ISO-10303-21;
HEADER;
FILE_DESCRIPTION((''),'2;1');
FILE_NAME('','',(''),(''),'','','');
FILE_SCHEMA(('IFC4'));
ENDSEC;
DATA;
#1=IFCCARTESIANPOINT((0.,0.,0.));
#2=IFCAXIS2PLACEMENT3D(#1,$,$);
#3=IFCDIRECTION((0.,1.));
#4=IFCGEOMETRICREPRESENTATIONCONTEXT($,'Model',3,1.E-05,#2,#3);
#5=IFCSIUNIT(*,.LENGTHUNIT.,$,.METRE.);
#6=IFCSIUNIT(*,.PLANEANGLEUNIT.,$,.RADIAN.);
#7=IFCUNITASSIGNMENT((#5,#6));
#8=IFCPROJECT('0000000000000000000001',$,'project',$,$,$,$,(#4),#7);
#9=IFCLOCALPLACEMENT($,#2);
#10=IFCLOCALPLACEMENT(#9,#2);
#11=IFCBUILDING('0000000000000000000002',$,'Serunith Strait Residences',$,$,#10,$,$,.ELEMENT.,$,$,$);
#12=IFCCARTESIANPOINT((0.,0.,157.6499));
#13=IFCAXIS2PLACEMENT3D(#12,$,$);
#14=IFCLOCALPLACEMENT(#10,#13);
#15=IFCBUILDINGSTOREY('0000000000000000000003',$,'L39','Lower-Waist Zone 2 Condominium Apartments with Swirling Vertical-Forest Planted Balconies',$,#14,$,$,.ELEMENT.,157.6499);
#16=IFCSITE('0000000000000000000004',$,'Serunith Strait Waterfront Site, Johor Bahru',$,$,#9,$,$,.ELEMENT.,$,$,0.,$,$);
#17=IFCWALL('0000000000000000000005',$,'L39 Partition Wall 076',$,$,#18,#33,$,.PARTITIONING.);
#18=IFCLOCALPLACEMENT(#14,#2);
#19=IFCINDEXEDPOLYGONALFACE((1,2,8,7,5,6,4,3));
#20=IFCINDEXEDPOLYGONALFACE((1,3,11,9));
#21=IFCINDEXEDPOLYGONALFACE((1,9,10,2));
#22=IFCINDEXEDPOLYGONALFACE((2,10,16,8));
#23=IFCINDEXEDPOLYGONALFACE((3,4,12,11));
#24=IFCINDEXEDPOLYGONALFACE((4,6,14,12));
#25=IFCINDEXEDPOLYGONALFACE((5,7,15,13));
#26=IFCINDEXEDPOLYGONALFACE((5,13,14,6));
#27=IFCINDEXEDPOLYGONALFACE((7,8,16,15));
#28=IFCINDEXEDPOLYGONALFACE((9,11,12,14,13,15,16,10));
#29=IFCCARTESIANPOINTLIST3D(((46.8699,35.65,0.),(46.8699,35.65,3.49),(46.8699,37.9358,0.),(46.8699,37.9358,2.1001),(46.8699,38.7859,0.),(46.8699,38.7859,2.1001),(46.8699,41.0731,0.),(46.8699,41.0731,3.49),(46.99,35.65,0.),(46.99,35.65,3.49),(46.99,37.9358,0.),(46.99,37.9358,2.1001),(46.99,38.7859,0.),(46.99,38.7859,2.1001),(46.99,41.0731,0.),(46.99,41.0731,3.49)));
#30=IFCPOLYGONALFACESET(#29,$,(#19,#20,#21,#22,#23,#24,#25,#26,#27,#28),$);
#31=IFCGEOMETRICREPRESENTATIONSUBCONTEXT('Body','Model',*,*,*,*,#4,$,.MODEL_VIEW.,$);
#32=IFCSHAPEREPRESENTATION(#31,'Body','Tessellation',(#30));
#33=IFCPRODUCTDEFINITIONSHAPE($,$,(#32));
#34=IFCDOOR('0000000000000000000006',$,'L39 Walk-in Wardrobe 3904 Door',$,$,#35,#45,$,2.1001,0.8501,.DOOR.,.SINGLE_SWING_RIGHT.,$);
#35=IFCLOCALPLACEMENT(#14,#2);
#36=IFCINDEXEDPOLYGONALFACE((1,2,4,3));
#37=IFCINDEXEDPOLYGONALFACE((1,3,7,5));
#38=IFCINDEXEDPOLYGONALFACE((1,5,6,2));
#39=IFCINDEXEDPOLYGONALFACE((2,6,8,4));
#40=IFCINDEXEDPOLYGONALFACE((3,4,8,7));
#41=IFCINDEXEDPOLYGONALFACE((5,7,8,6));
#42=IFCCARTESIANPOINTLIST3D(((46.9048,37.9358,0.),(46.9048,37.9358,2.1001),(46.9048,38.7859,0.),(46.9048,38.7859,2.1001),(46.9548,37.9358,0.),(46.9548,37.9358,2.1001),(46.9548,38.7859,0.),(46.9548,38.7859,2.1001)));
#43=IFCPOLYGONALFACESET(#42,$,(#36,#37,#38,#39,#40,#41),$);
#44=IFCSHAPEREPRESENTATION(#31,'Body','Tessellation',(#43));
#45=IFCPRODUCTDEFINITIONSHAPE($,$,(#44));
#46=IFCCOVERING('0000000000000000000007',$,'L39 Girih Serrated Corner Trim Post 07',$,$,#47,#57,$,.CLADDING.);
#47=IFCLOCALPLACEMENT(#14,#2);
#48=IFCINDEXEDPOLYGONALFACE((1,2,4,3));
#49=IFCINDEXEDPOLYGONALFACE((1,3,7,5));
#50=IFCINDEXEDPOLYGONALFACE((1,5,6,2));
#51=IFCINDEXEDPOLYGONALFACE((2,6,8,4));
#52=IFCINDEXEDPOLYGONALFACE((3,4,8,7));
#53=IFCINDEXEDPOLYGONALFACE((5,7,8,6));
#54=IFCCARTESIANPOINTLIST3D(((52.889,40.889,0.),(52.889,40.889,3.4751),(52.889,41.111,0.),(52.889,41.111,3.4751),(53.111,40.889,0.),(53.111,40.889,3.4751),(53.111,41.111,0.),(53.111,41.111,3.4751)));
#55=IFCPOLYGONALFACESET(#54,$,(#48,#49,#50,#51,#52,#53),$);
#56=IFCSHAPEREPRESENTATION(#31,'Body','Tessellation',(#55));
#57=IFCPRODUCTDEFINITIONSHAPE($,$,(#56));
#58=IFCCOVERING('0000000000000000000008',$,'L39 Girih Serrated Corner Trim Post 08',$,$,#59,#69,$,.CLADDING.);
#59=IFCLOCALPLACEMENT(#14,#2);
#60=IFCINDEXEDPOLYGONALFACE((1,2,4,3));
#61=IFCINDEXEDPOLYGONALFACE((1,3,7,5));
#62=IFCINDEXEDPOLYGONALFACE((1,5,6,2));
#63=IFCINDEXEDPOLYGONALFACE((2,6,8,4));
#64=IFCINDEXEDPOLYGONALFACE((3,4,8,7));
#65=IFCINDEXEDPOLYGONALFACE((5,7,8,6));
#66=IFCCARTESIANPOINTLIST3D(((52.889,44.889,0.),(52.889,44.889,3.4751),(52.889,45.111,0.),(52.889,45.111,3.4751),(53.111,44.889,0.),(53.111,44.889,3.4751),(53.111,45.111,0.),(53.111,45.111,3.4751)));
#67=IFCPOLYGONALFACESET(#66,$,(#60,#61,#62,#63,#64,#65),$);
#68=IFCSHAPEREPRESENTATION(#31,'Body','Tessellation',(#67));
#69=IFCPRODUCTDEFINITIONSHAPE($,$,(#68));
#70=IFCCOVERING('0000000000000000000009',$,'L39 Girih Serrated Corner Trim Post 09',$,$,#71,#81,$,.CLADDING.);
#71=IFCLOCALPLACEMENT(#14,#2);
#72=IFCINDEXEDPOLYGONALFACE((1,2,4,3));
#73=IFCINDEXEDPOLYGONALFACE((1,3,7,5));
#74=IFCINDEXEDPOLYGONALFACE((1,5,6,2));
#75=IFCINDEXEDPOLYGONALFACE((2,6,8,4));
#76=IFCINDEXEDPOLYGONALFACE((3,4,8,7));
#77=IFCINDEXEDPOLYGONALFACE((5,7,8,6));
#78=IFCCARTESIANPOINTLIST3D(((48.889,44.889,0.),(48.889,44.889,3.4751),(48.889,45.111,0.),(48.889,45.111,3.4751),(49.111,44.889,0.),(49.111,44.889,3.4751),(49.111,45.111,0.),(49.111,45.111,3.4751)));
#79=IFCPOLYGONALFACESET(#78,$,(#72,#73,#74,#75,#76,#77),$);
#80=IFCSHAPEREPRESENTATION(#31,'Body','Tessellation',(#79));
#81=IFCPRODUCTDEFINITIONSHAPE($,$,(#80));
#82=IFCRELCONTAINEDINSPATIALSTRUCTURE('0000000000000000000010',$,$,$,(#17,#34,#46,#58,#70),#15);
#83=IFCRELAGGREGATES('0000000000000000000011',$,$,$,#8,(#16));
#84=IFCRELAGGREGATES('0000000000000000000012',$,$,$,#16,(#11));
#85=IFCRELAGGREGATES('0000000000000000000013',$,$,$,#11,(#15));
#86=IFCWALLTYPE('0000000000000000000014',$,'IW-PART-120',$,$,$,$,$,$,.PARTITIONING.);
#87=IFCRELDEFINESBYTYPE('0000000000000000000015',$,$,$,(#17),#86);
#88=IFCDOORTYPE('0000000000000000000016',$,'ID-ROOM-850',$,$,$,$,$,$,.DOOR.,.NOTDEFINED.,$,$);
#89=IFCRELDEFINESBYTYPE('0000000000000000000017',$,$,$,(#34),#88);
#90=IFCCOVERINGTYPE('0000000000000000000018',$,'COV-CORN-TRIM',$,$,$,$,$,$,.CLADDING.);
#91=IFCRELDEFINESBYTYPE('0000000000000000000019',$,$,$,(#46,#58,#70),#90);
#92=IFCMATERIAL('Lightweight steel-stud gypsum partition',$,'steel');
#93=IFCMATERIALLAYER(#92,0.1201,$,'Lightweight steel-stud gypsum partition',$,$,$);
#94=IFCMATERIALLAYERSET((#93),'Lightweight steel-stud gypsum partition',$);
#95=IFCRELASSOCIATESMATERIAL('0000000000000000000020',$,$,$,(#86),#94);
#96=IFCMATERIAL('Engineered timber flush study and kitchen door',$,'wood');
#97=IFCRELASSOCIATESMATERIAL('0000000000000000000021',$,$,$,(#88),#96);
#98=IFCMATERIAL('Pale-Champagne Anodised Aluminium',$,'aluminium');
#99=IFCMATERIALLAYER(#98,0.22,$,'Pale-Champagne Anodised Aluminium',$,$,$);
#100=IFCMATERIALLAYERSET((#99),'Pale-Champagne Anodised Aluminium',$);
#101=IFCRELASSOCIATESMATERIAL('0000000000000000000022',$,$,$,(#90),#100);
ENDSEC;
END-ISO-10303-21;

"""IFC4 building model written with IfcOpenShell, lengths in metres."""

from ifc_helpers import new_model, si_unit, direction, frame, frame_2d, origin, origin_2d, place, context, subcontext, project, spatial, rectangle, extrude, source, transform, mapped, material, layer, layer_set, type_object, element, fill, save


model = new_model("IFC4")

# Units and contexts
model_context = context("Model", 3, precision=1e-05, world=origin(), true_north=direction((0.0, 1.0)))
body_context = subcontext(model_context, "Body", "Model", "MODEL_VIEW")
ifc_project = project(units=[si_unit("LENGTHUNIT", "METRE"), si_unit("PLANEANGLEUNIT", "RADIAN")], contexts=[model_context])

# Site, building, storey
site_placement = place(None, origin())
site = spatial("IfcSite", under=ifc_project, at=site_placement, Name="Serunith Strait Waterfront Site, Johor Bahru", CompositionType="ELEMENT", RefElevation=0.0)
building_placement = place(site_placement, origin())
building = spatial("IfcBuilding", under=site, at=building_placement, Name="Serunith Strait Residences", CompositionType="ELEMENT")
storey_placement = place(building_placement, frame((0.0, 0.0, 157.6499)))
storey = spatial("IfcBuildingStorey", under=building, at=storey_placement, Name="L39", Description="Lower-Waist Zone 2 Condominium Apartments with Swirling Vertical-Forest Planted Balconies", CompositionType="ELEMENT", Elevation=157.6499)

# Shared definitions
ifc_material_1 = material(Name="Pale-Champagne Anodised Aluminium", Category="aluminium")

# Shared definitions
ifc_material_2 = material(Name="Lightweight steel-stud gypsum partition", Category="steel")
ifc_layer_1 = layer(ifc_material_2, 0.1201, Name="Lightweight steel-stud gypsum partition")
ifc_layer_set_1 = layer_set([ifc_layer_1], Name="Lightweight steel-stud gypsum partition")
wall_type_1 = type_object("IfcWallType", Name="IW-PART-120", PredefinedType="PARTITIONING", material=ifc_layer_set_1)

# Wall, opening, door
wall_1_placement = place(storey_placement, frame((46.9299, 41.073, 0.0), z_axis=(0.0, 0.0, 1.0), x_axis=(0.0, -1.0, 0.0)))
wall_1 = element("IfcWall", 1, at=wall_1_placement, inside=storey, type_object=wall_type_1, Name="L39 Partition Wall 076", PredefinedType="PARTITIONING", context=body_context, shape_type="SweptSolid", body=[
    extrude(rectangle(XDim=5.4231, YDim=0.1201, at=frame_2d((2.7114, 0.0))), origin(), (0.0, 0.0, 1.0), 3.49),
])
opening_1_placement = place(wall_1_placement, frame((2.2871, 0.0, 0.0)))
opening_1 = element("IfcOpeningElement", 2, at=opening_1_placement, cuts=wall_1, PredefinedType="OPENING", context=body_context, shape_type="SweptSolid", body=[
    extrude(rectangle(XDim=0.8501, YDim=2.1001, at=frame_2d((0.425, 1.05))), frame((0.0, 0.0701, 0.0), z_axis=(0.0, -1.0, 0.0), x_axis=(1.0, 0.0, 0.0)), (0.0, 0.0, 1.0), 0.1401),
])
ifc_material_3 = material(Name="Engineered timber flush study and kitchen door", Category="wood")
door_type_1 = type_object("IfcDoorType", Name="ID-ROOM-850", OperationType="NOTDEFINED", PredefinedType="DOOR", material=ifc_material_3)
shared_shape_1 = source(origin(), body_context, "Body", "SweptSolid", [
    extrude(rectangle(XDim=0.8501, YDim=2.1001, at=frame_2d((0.425, 1.05))), frame((0.0, 0.0249, 0.0), z_axis=(0.0, -1.0, 0.0), x_axis=(1.0, 0.0, 0.0)), (0.0, 0.0, 1.0), 0.05),
])
door_1_placement = place(opening_1_placement, origin())
door_1 = element("IfcDoor", 3, at=door_1_placement, inside=storey, type_object=door_type_1, Name="L39 Walk-in Wardrobe 3904 Door", OperationType="SINGLE_SWING_RIGHT", OverallHeight=2.1001, OverallWidth=0.8501, PredefinedType="DOOR", context=body_context, shape_type="MappedRepresentation", body=[
    mapped(shared_shape_1, transform((0.0, 0.0, 0.0), scale=1.0)),
])
fill(opening_1, door_1)

# Coverings
ifc_layer_2 = layer(ifc_material_1, 0.22, Name="Pale-Champagne Anodised Aluminium")
ifc_layer_set_2 = layer_set([ifc_layer_2], Name="Pale-Champagne Anodised Aluminium")
covering_type = type_object("IfcCoveringType", Name="COV-CORN-TRIM", PredefinedType="CLADDING", material=ifc_layer_set_2)
shared_shape_2 = source(origin(), body_context, "Body", "SweptSolid", [
    extrude(rectangle(XDim=0.2219, YDim=0.2219, at=origin_2d()), origin(), (0.0, 0.0, 1.0), 3.4751),
])
for number, where, z_axis, x_axis, name in (
    (4, (53.0, 41.0, 0.0), (0.0, 0.0, 1.0), (1.0, 0.0, 0.0), "L39 Girih Serrated Corner Trim Post 07"),
    (5, (53.0, 45.0, 0.0), (0.0, 0.0, 1.0), (1.0, 0.0, 0.0), "L39 Girih Serrated Corner Trim Post 08"),
    (6, (49.0, 45.0, 0.0), (0.0, 0.0, 1.0), (1.0, 0.0, 0.0), "L39 Girih Serrated Corner Trim Post 09"),
):
    element("IfcCovering", number, at=place(storey_placement, frame(where, z_axis=z_axis, x_axis=x_axis)), inside=storey, type_object=covering_type, Name=name, PredefinedType="CLADDING", context=body_context, shape_type="MappedRepresentation", body=[
        mapped(shared_shape_2, transform((0.0, 0.0, 0.0), scale=1.0)),
    ])

save(model, "model.ifc")
